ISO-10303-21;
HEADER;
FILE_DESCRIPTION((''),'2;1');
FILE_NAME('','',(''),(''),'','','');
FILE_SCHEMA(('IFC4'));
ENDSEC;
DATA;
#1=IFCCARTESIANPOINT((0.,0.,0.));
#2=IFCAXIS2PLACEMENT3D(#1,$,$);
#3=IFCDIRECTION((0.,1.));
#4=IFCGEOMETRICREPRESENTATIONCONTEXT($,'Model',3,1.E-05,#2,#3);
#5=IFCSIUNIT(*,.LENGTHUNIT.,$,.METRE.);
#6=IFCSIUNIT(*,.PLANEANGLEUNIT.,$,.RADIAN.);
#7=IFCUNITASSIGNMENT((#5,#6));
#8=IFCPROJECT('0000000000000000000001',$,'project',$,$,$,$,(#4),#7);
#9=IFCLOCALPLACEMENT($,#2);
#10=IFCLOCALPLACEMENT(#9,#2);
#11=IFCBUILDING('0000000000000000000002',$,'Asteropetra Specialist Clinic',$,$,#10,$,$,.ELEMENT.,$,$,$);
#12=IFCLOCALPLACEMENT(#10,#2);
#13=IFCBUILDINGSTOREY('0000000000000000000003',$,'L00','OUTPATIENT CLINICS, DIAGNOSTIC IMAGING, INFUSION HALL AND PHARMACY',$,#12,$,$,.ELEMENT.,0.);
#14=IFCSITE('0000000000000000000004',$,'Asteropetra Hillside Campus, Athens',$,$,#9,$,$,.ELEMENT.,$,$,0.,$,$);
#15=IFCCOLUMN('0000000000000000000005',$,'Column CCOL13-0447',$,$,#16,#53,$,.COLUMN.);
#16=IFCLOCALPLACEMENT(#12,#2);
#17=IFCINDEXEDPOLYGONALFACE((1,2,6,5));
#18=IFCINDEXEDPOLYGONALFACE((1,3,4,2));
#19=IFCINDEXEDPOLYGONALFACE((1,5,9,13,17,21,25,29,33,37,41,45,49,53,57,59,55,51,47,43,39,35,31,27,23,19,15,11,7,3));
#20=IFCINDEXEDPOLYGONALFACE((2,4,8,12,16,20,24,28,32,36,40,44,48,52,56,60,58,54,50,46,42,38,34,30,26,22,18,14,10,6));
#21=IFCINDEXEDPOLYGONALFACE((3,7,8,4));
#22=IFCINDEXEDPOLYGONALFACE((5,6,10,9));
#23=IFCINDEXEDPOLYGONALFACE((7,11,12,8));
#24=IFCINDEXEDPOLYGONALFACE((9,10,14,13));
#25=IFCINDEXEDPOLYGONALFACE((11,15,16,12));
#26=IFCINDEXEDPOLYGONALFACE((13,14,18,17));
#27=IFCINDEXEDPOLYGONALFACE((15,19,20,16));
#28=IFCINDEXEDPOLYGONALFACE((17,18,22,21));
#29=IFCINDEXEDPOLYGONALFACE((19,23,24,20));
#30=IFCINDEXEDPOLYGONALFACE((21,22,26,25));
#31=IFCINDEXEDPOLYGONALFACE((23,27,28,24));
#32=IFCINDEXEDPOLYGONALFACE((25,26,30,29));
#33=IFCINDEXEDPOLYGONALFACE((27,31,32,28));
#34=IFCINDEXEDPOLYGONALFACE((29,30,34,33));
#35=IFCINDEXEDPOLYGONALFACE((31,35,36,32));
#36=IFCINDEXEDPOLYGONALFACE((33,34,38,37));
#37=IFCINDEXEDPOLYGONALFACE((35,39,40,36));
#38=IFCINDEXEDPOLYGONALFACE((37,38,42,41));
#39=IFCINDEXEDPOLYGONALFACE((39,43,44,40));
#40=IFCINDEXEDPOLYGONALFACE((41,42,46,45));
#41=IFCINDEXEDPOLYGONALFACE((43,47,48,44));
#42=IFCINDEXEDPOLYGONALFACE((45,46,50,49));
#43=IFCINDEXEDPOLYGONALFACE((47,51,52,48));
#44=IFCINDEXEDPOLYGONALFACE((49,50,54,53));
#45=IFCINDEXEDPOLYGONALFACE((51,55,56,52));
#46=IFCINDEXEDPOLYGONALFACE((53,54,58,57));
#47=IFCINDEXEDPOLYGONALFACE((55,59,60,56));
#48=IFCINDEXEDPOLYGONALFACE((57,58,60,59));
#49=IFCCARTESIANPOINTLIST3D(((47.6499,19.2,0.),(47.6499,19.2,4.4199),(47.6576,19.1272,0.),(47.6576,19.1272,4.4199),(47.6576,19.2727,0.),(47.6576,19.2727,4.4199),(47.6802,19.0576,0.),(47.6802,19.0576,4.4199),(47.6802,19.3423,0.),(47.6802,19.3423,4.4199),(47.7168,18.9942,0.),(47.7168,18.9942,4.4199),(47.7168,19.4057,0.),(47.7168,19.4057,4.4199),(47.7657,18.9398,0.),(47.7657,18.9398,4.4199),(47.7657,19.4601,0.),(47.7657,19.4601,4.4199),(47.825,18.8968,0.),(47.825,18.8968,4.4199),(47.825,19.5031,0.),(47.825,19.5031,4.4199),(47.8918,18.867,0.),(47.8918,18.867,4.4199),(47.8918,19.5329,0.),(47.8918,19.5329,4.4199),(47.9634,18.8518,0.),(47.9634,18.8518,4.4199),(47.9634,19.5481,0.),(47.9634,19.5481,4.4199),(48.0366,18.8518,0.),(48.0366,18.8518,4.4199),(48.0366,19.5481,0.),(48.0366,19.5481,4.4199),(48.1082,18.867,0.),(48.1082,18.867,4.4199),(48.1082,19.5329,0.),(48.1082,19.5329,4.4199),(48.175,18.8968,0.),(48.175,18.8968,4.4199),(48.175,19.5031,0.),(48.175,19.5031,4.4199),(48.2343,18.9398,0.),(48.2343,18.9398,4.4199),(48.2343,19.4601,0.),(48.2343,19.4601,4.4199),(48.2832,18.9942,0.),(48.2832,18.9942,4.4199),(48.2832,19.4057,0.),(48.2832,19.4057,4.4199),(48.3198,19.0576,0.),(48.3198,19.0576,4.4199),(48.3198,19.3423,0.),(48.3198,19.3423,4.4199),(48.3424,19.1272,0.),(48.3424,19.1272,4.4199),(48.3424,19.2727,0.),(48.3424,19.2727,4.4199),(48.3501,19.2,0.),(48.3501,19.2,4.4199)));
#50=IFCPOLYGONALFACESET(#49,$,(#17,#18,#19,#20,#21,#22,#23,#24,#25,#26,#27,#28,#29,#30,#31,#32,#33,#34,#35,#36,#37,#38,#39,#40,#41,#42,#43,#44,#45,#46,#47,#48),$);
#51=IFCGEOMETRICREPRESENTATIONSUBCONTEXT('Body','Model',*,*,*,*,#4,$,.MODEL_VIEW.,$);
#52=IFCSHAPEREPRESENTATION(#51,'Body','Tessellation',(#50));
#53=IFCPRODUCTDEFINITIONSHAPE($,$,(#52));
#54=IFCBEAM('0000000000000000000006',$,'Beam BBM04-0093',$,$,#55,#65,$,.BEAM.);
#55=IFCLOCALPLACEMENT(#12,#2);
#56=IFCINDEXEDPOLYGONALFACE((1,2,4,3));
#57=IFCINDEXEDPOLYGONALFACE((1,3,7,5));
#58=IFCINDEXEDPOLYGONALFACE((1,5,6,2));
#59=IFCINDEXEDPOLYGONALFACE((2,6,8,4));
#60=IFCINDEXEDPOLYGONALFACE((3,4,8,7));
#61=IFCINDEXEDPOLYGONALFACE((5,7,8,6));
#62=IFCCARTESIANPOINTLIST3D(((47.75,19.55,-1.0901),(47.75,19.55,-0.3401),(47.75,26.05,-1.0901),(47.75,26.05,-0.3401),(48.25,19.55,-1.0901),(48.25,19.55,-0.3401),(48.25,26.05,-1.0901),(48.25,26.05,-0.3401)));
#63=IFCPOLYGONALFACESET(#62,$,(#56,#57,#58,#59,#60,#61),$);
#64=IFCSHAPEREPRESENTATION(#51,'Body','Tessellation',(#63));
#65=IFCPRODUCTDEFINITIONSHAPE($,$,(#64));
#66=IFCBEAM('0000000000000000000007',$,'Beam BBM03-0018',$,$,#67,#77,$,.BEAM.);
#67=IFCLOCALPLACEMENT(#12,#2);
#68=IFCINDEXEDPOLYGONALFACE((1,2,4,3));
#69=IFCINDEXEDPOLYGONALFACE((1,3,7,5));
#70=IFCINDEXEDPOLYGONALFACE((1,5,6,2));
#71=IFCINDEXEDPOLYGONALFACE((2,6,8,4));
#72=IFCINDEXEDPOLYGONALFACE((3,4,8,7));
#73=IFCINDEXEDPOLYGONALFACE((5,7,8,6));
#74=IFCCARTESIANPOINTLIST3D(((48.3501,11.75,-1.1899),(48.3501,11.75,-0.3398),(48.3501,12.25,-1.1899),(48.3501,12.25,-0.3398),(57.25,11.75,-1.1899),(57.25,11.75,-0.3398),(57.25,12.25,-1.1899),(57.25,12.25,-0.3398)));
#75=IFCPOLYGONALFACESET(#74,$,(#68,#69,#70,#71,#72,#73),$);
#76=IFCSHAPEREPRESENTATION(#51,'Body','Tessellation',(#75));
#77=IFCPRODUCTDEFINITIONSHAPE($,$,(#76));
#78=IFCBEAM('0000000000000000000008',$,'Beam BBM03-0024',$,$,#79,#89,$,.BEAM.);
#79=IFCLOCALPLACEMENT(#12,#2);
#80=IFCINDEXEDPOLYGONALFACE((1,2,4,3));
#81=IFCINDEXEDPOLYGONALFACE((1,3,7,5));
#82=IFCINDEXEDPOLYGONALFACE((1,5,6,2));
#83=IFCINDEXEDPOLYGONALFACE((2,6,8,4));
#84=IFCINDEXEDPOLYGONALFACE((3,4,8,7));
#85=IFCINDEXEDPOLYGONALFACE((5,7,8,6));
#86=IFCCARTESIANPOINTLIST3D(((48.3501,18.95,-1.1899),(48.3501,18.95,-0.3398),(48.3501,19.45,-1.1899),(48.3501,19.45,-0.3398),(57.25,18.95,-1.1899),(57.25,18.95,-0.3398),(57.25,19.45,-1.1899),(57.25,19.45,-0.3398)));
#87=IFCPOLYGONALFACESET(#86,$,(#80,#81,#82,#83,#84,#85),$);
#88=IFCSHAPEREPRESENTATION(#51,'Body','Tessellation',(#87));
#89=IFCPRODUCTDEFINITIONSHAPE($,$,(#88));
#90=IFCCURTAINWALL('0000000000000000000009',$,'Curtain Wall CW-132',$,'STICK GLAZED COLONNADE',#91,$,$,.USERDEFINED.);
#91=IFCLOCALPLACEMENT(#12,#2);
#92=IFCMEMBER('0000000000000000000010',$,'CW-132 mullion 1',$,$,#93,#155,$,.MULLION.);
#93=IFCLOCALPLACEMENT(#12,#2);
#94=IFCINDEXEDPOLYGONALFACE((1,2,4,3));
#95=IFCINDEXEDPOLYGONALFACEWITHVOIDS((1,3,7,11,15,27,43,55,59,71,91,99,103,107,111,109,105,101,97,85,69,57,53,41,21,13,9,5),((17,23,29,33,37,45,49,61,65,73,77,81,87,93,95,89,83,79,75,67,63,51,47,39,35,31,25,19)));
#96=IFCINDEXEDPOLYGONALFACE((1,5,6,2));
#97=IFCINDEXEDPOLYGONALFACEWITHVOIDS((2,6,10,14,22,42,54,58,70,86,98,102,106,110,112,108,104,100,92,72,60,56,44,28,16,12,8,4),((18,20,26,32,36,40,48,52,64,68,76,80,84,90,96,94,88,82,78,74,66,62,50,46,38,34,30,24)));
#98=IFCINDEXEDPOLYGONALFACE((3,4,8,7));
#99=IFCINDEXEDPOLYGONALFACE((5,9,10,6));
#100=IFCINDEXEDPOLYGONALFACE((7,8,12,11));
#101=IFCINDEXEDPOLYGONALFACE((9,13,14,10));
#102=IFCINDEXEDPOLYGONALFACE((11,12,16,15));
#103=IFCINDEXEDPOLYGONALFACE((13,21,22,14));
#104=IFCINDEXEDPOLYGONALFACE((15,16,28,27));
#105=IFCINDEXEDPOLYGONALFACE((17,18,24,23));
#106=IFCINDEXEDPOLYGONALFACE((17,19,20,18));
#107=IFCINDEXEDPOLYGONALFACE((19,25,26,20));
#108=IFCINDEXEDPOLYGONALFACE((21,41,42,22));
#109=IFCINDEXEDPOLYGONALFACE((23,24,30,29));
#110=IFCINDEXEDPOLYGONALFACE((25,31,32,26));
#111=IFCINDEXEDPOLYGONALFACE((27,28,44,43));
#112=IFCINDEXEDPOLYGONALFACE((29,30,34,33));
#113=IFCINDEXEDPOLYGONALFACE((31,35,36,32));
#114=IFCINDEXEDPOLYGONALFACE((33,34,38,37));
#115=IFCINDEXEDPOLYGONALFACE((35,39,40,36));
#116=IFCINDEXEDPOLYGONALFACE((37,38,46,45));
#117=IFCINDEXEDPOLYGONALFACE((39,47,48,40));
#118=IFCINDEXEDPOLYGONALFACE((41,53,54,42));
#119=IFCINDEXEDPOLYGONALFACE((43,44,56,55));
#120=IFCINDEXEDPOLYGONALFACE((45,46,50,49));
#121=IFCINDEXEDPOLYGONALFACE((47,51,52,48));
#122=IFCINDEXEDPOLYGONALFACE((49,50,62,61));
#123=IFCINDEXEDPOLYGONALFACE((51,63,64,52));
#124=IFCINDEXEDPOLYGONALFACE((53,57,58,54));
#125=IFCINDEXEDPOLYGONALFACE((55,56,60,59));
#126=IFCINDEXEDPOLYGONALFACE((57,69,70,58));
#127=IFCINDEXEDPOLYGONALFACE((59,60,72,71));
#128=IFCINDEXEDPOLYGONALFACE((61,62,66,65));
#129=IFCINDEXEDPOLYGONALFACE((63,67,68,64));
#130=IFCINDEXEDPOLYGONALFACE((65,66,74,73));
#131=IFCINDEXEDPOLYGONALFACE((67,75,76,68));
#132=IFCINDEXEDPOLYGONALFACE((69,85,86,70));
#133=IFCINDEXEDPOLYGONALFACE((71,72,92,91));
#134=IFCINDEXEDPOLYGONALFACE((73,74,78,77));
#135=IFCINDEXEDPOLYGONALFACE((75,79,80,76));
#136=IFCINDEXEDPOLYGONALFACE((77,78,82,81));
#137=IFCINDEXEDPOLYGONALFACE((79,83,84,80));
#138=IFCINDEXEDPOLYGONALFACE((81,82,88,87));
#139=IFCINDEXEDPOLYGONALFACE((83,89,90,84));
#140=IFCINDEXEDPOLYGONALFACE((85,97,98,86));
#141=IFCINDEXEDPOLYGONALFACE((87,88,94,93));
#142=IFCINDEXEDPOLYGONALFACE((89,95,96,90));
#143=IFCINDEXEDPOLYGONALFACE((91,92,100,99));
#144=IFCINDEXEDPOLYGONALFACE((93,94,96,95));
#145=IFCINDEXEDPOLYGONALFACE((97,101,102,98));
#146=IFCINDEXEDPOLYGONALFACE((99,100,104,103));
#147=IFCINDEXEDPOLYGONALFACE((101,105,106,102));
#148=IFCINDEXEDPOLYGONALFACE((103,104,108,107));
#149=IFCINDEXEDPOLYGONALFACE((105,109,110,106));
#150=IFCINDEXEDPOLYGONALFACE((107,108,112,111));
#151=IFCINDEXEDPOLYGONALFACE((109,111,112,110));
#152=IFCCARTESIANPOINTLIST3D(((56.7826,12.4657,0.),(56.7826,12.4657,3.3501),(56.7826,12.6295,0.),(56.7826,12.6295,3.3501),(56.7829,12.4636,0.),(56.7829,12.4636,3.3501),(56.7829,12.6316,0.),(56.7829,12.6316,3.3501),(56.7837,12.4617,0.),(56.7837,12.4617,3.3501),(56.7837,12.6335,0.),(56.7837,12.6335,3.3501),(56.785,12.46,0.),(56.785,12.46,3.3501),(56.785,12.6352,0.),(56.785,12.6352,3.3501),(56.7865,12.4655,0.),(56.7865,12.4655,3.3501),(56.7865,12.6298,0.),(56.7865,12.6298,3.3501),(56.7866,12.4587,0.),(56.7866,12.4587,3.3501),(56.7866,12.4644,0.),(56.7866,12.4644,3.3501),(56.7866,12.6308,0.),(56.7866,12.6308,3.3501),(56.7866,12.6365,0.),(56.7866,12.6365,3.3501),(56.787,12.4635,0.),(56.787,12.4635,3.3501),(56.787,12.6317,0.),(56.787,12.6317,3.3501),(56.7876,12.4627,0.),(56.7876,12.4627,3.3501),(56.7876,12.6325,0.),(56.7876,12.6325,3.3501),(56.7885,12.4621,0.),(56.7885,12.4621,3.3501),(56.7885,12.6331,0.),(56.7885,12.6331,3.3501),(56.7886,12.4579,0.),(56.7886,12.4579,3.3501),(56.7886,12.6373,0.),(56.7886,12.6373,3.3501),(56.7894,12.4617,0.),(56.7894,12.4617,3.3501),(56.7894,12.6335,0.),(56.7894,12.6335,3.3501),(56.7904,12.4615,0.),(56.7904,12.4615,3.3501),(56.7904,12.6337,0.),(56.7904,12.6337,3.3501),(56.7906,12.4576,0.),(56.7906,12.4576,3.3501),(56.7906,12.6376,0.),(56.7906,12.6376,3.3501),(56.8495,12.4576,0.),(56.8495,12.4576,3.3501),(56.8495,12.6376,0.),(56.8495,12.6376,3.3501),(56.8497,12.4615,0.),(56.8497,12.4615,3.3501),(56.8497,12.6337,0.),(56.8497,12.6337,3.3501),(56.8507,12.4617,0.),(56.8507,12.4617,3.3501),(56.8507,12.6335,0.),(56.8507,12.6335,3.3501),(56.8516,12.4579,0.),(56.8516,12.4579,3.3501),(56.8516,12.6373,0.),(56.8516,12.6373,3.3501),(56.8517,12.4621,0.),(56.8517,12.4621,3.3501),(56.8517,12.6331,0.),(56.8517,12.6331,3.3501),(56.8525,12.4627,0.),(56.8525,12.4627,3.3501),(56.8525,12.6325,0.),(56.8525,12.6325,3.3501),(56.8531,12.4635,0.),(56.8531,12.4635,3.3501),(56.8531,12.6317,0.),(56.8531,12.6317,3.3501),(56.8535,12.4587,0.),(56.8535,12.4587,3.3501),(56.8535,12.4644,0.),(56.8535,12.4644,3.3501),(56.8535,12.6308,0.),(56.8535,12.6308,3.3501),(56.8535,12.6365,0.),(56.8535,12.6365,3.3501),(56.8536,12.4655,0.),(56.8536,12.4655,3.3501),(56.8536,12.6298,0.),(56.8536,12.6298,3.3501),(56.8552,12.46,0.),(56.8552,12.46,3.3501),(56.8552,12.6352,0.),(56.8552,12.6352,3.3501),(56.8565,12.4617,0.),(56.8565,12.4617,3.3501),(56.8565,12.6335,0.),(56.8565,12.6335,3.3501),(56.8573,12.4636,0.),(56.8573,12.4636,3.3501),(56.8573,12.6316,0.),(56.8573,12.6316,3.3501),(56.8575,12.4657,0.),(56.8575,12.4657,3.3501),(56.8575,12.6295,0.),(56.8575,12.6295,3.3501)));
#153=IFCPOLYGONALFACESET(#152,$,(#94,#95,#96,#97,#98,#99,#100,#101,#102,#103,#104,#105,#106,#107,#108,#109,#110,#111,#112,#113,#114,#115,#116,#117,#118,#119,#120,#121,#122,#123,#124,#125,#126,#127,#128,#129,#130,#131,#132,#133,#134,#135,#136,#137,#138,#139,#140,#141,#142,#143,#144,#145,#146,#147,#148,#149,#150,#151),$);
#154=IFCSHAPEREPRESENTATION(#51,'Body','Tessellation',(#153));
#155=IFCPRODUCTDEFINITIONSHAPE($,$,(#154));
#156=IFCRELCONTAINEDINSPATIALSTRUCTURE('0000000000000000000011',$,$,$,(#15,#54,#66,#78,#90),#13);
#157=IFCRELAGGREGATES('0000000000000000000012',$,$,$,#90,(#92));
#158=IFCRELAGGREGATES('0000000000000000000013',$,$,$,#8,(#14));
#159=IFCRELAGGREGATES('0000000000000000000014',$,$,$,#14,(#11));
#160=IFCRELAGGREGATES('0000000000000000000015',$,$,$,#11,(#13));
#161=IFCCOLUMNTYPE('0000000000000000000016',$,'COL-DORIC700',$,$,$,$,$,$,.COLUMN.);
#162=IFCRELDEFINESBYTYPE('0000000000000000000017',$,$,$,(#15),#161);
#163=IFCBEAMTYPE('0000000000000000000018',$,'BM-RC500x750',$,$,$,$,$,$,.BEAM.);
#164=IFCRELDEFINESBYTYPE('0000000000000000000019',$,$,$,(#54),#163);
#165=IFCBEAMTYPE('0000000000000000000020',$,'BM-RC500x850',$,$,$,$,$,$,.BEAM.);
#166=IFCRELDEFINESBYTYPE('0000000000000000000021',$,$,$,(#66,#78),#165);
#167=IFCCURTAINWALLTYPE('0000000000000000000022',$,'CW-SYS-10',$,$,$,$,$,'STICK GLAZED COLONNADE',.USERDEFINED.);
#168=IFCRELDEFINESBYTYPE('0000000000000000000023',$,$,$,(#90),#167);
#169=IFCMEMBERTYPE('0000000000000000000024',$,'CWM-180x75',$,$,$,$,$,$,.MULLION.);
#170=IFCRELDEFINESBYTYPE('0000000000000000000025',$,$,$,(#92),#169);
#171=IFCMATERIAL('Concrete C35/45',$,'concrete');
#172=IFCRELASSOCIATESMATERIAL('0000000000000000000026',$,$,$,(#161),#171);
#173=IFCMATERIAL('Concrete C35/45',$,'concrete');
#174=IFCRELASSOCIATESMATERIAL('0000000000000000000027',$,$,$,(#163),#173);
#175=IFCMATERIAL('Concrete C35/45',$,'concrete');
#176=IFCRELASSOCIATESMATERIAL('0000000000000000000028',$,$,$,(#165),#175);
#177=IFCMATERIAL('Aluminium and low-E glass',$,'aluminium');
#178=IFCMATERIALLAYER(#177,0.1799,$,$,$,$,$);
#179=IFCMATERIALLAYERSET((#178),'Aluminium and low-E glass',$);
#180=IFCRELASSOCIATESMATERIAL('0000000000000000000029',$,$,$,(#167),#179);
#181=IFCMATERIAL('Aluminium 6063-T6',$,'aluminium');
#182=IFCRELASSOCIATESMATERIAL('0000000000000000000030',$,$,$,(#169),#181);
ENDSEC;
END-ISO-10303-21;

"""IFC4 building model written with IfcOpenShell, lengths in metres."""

from ifc_helpers import new_model, si_unit, direction, frame, origin, origin_2d, place, context, subcontext, project, spatial, rectangle, hollow_rectangle, circle, extrude, material, layer, layer_set, material_profile, profile_set, type_object, element, aggregate, save


model = new_model("IFC4")

# Units and contexts
model_context = context("Model", 3, precision=1e-05, world=origin(), true_north=direction((0.0, 1.0)))
body_context = subcontext(model_context, "Body", "Model", "MODEL_VIEW")
ifc_project = project(units=[si_unit("LENGTHUNIT", "METRE"), si_unit("PLANEANGLEUNIT", "RADIAN")], contexts=[model_context])

# Site, building, storey
site_placement = place(None, origin())
site = spatial("IfcSite", under=ifc_project, at=site_placement, Name="Asteropetra Hillside Campus, Athens", CompositionType="ELEMENT", RefElevation=0.0)
building_placement = place(site_placement, origin())
building = spatial("IfcBuilding", under=site, at=building_placement, Name="Asteropetra Specialist Clinic", CompositionType="ELEMENT")
storey_placement = place(building_placement, origin())
storey = spatial("IfcBuildingStorey", under=building, at=storey_placement, Name="L00", Description="OUTPATIENT CLINICS, DIAGNOSTIC IMAGING, INFUSION HALL AND PHARMACY", CompositionType="ELEMENT", Elevation=0.0)

# Column
ifc_material_1 = material(Name="Concrete C35/45", Category="concrete")
ifc_material_profile_1 = material_profile(ifc_material_1, circle(Radius=0.3501, at=origin_2d()), Name="RCC D700")
ifc_profile_set_1 = profile_set([ifc_material_profile_1], Name="Concrete C35/45")
column_type = type_object("IfcColumnType", Name="COL-DORIC700", PredefinedType="COLUMN", material=ifc_profile_set_1)
column_placement = place(storey_placement, frame((48.0, 19.2, 0.0), z_axis=(0.0, 0.0, 1.0), x_axis=(1.0, 0.0, 0.0)))
element("IfcColumn", 1, at=column_placement, inside=storey, type_object=column_type, Name="Column CCOL13-0447", PredefinedType="COLUMN", context=body_context, shape_type="SweptSolid", body=[
    extrude(circle(Radius=0.3501, at=origin_2d()), origin(), (0.0, 0.0, 1.0), 4.4199),
])

# Beams
ifc_material_2 = material(Name="Concrete C35/45", Category="concrete")
ifc_material_profile_2 = material_profile(ifc_material_2, rectangle(XDim=0.5, YDim=0.75, at=origin_2d()), Name="RCB 500x750")
ifc_profile_set_2 = profile_set([ifc_material_profile_2], Name="Concrete C35/45")
beam_type_1 = type_object("IfcBeamType", Name="BM-RC500x750", PredefinedType="BEAM", material=ifc_profile_set_2)
beam_placement = place(storey_placement, frame((48.0, 19.55, -0.7151), z_axis=(0.0, 1.0, 0.0), x_axis=(-1.0, 0.0, 0.0)))
element("IfcBeam", 2, at=beam_placement, inside=storey, type_object=beam_type_1, Name="Beam BBM04-0093", PredefinedType="BEAM", context=body_context, shape_type="SweptSolid", body=[
    extrude(rectangle(XDim=0.5, YDim=0.75, at=origin_2d()), origin(), (0.0, 0.0, 1.0), 6.5),
])
ifc_material_3 = material(Name="Concrete C35/45", Category="concrete")
ifc_material_profile_3 = material_profile(ifc_material_3, rectangle(XDim=0.5, YDim=0.8501, at=origin_2d()), Name="RCB 500x850")
ifc_profile_set_3 = profile_set([ifc_material_profile_3], Name="Concrete C35/45")
beam_type_2 = type_object("IfcBeamType", Name="BM-RC500x850", PredefinedType="BEAM", material=ifc_profile_set_3)
for number, where, z_axis, x_axis, name in (
    (3, (48.3501, 12.0, -0.7649), (1.0, 0.0, 0.0), (0.0, 1.0, 0.0), "Beam BBM03-0018"),
    (4, (48.3501, 19.2, -0.7649), (1.0, 0.0, 0.0), (0.0, 1.0, 0.0), "Beam BBM03-0024"),
):
    element("IfcBeam", number, at=place(storey_placement, frame(where, z_axis=z_axis, x_axis=x_axis)), inside=storey, type_object=beam_type_2, Name=name, PredefinedType="BEAM", context=body_context, shape_type="SweptSolid", body=[
        extrude(rectangle(XDim=0.5, YDim=0.8501, at=origin_2d()), origin(), (0.0, 0.0, 1.0), 8.8999),
    ])

# Curtain wall, member
ifc_material_4 = material(Name="Aluminium and low-E glass", Category="aluminium")
ifc_layer_1 = layer(ifc_material_4, 0.1799)
ifc_layer_set_1 = layer_set([ifc_layer_1], Name="Aluminium and low-E glass")
curtain_wall_type = type_object("IfcCurtainWallType", Name="CW-SYS-10", ElementType="STICK GLAZED COLONNADE", PredefinedType="USERDEFINED", material=ifc_layer_set_1)
curtain_wall_placement = place(storey_placement, origin())
curtain_wall = element("IfcCurtainWall", 5, at=curtain_wall_placement, inside=storey, type_object=curtain_wall_type, Name="Curtain Wall CW-132", ObjectType="STICK GLAZED COLONNADE", PredefinedType="USERDEFINED")
ifc_material_5 = material(Name="Aluminium 6063-T6", Category="aluminium")
ifc_material_profile_4 = material_profile(ifc_material_5, hollow_rectangle(XDim=0.075, YDim=0.1799, WallThickness=0.0039, InnerFilletRadius=0.0039, OuterFilletRadius=0.0081, at=origin_2d()), Name="MUL 180x75x4.0")
ifc_profile_set_4 = profile_set([ifc_material_profile_4], Name="Aluminium 6063-T6")
member_type_1 = type_object("IfcMemberType", Name="CWM-180x75", PredefinedType="MULLION", material=ifc_profile_set_4)
member_1_placement = place(storey_placement, frame((56.8201, 12.5476, 0.0), z_axis=(0.0, 0.0, 1.0), x_axis=(-1.0, 0.0, 0.0)))
member_1 = element("IfcMember", 6, at=member_1_placement, type_object=member_type_1, Name="CW-132 mullion 1", PredefinedType="MULLION", context=body_context, shape_type="SweptSolid", body=[
    extrude(hollow_rectangle(XDim=0.075, YDim=0.1799, WallThickness=0.0039, InnerFilletRadius=0.0039, OuterFilletRadius=0.0081, at=origin_2d()), origin(), (0.0, 0.0, 1.0), 3.3501),
])
aggregate(curtain_wall, [member_1])

save(model, "model.ifc")
